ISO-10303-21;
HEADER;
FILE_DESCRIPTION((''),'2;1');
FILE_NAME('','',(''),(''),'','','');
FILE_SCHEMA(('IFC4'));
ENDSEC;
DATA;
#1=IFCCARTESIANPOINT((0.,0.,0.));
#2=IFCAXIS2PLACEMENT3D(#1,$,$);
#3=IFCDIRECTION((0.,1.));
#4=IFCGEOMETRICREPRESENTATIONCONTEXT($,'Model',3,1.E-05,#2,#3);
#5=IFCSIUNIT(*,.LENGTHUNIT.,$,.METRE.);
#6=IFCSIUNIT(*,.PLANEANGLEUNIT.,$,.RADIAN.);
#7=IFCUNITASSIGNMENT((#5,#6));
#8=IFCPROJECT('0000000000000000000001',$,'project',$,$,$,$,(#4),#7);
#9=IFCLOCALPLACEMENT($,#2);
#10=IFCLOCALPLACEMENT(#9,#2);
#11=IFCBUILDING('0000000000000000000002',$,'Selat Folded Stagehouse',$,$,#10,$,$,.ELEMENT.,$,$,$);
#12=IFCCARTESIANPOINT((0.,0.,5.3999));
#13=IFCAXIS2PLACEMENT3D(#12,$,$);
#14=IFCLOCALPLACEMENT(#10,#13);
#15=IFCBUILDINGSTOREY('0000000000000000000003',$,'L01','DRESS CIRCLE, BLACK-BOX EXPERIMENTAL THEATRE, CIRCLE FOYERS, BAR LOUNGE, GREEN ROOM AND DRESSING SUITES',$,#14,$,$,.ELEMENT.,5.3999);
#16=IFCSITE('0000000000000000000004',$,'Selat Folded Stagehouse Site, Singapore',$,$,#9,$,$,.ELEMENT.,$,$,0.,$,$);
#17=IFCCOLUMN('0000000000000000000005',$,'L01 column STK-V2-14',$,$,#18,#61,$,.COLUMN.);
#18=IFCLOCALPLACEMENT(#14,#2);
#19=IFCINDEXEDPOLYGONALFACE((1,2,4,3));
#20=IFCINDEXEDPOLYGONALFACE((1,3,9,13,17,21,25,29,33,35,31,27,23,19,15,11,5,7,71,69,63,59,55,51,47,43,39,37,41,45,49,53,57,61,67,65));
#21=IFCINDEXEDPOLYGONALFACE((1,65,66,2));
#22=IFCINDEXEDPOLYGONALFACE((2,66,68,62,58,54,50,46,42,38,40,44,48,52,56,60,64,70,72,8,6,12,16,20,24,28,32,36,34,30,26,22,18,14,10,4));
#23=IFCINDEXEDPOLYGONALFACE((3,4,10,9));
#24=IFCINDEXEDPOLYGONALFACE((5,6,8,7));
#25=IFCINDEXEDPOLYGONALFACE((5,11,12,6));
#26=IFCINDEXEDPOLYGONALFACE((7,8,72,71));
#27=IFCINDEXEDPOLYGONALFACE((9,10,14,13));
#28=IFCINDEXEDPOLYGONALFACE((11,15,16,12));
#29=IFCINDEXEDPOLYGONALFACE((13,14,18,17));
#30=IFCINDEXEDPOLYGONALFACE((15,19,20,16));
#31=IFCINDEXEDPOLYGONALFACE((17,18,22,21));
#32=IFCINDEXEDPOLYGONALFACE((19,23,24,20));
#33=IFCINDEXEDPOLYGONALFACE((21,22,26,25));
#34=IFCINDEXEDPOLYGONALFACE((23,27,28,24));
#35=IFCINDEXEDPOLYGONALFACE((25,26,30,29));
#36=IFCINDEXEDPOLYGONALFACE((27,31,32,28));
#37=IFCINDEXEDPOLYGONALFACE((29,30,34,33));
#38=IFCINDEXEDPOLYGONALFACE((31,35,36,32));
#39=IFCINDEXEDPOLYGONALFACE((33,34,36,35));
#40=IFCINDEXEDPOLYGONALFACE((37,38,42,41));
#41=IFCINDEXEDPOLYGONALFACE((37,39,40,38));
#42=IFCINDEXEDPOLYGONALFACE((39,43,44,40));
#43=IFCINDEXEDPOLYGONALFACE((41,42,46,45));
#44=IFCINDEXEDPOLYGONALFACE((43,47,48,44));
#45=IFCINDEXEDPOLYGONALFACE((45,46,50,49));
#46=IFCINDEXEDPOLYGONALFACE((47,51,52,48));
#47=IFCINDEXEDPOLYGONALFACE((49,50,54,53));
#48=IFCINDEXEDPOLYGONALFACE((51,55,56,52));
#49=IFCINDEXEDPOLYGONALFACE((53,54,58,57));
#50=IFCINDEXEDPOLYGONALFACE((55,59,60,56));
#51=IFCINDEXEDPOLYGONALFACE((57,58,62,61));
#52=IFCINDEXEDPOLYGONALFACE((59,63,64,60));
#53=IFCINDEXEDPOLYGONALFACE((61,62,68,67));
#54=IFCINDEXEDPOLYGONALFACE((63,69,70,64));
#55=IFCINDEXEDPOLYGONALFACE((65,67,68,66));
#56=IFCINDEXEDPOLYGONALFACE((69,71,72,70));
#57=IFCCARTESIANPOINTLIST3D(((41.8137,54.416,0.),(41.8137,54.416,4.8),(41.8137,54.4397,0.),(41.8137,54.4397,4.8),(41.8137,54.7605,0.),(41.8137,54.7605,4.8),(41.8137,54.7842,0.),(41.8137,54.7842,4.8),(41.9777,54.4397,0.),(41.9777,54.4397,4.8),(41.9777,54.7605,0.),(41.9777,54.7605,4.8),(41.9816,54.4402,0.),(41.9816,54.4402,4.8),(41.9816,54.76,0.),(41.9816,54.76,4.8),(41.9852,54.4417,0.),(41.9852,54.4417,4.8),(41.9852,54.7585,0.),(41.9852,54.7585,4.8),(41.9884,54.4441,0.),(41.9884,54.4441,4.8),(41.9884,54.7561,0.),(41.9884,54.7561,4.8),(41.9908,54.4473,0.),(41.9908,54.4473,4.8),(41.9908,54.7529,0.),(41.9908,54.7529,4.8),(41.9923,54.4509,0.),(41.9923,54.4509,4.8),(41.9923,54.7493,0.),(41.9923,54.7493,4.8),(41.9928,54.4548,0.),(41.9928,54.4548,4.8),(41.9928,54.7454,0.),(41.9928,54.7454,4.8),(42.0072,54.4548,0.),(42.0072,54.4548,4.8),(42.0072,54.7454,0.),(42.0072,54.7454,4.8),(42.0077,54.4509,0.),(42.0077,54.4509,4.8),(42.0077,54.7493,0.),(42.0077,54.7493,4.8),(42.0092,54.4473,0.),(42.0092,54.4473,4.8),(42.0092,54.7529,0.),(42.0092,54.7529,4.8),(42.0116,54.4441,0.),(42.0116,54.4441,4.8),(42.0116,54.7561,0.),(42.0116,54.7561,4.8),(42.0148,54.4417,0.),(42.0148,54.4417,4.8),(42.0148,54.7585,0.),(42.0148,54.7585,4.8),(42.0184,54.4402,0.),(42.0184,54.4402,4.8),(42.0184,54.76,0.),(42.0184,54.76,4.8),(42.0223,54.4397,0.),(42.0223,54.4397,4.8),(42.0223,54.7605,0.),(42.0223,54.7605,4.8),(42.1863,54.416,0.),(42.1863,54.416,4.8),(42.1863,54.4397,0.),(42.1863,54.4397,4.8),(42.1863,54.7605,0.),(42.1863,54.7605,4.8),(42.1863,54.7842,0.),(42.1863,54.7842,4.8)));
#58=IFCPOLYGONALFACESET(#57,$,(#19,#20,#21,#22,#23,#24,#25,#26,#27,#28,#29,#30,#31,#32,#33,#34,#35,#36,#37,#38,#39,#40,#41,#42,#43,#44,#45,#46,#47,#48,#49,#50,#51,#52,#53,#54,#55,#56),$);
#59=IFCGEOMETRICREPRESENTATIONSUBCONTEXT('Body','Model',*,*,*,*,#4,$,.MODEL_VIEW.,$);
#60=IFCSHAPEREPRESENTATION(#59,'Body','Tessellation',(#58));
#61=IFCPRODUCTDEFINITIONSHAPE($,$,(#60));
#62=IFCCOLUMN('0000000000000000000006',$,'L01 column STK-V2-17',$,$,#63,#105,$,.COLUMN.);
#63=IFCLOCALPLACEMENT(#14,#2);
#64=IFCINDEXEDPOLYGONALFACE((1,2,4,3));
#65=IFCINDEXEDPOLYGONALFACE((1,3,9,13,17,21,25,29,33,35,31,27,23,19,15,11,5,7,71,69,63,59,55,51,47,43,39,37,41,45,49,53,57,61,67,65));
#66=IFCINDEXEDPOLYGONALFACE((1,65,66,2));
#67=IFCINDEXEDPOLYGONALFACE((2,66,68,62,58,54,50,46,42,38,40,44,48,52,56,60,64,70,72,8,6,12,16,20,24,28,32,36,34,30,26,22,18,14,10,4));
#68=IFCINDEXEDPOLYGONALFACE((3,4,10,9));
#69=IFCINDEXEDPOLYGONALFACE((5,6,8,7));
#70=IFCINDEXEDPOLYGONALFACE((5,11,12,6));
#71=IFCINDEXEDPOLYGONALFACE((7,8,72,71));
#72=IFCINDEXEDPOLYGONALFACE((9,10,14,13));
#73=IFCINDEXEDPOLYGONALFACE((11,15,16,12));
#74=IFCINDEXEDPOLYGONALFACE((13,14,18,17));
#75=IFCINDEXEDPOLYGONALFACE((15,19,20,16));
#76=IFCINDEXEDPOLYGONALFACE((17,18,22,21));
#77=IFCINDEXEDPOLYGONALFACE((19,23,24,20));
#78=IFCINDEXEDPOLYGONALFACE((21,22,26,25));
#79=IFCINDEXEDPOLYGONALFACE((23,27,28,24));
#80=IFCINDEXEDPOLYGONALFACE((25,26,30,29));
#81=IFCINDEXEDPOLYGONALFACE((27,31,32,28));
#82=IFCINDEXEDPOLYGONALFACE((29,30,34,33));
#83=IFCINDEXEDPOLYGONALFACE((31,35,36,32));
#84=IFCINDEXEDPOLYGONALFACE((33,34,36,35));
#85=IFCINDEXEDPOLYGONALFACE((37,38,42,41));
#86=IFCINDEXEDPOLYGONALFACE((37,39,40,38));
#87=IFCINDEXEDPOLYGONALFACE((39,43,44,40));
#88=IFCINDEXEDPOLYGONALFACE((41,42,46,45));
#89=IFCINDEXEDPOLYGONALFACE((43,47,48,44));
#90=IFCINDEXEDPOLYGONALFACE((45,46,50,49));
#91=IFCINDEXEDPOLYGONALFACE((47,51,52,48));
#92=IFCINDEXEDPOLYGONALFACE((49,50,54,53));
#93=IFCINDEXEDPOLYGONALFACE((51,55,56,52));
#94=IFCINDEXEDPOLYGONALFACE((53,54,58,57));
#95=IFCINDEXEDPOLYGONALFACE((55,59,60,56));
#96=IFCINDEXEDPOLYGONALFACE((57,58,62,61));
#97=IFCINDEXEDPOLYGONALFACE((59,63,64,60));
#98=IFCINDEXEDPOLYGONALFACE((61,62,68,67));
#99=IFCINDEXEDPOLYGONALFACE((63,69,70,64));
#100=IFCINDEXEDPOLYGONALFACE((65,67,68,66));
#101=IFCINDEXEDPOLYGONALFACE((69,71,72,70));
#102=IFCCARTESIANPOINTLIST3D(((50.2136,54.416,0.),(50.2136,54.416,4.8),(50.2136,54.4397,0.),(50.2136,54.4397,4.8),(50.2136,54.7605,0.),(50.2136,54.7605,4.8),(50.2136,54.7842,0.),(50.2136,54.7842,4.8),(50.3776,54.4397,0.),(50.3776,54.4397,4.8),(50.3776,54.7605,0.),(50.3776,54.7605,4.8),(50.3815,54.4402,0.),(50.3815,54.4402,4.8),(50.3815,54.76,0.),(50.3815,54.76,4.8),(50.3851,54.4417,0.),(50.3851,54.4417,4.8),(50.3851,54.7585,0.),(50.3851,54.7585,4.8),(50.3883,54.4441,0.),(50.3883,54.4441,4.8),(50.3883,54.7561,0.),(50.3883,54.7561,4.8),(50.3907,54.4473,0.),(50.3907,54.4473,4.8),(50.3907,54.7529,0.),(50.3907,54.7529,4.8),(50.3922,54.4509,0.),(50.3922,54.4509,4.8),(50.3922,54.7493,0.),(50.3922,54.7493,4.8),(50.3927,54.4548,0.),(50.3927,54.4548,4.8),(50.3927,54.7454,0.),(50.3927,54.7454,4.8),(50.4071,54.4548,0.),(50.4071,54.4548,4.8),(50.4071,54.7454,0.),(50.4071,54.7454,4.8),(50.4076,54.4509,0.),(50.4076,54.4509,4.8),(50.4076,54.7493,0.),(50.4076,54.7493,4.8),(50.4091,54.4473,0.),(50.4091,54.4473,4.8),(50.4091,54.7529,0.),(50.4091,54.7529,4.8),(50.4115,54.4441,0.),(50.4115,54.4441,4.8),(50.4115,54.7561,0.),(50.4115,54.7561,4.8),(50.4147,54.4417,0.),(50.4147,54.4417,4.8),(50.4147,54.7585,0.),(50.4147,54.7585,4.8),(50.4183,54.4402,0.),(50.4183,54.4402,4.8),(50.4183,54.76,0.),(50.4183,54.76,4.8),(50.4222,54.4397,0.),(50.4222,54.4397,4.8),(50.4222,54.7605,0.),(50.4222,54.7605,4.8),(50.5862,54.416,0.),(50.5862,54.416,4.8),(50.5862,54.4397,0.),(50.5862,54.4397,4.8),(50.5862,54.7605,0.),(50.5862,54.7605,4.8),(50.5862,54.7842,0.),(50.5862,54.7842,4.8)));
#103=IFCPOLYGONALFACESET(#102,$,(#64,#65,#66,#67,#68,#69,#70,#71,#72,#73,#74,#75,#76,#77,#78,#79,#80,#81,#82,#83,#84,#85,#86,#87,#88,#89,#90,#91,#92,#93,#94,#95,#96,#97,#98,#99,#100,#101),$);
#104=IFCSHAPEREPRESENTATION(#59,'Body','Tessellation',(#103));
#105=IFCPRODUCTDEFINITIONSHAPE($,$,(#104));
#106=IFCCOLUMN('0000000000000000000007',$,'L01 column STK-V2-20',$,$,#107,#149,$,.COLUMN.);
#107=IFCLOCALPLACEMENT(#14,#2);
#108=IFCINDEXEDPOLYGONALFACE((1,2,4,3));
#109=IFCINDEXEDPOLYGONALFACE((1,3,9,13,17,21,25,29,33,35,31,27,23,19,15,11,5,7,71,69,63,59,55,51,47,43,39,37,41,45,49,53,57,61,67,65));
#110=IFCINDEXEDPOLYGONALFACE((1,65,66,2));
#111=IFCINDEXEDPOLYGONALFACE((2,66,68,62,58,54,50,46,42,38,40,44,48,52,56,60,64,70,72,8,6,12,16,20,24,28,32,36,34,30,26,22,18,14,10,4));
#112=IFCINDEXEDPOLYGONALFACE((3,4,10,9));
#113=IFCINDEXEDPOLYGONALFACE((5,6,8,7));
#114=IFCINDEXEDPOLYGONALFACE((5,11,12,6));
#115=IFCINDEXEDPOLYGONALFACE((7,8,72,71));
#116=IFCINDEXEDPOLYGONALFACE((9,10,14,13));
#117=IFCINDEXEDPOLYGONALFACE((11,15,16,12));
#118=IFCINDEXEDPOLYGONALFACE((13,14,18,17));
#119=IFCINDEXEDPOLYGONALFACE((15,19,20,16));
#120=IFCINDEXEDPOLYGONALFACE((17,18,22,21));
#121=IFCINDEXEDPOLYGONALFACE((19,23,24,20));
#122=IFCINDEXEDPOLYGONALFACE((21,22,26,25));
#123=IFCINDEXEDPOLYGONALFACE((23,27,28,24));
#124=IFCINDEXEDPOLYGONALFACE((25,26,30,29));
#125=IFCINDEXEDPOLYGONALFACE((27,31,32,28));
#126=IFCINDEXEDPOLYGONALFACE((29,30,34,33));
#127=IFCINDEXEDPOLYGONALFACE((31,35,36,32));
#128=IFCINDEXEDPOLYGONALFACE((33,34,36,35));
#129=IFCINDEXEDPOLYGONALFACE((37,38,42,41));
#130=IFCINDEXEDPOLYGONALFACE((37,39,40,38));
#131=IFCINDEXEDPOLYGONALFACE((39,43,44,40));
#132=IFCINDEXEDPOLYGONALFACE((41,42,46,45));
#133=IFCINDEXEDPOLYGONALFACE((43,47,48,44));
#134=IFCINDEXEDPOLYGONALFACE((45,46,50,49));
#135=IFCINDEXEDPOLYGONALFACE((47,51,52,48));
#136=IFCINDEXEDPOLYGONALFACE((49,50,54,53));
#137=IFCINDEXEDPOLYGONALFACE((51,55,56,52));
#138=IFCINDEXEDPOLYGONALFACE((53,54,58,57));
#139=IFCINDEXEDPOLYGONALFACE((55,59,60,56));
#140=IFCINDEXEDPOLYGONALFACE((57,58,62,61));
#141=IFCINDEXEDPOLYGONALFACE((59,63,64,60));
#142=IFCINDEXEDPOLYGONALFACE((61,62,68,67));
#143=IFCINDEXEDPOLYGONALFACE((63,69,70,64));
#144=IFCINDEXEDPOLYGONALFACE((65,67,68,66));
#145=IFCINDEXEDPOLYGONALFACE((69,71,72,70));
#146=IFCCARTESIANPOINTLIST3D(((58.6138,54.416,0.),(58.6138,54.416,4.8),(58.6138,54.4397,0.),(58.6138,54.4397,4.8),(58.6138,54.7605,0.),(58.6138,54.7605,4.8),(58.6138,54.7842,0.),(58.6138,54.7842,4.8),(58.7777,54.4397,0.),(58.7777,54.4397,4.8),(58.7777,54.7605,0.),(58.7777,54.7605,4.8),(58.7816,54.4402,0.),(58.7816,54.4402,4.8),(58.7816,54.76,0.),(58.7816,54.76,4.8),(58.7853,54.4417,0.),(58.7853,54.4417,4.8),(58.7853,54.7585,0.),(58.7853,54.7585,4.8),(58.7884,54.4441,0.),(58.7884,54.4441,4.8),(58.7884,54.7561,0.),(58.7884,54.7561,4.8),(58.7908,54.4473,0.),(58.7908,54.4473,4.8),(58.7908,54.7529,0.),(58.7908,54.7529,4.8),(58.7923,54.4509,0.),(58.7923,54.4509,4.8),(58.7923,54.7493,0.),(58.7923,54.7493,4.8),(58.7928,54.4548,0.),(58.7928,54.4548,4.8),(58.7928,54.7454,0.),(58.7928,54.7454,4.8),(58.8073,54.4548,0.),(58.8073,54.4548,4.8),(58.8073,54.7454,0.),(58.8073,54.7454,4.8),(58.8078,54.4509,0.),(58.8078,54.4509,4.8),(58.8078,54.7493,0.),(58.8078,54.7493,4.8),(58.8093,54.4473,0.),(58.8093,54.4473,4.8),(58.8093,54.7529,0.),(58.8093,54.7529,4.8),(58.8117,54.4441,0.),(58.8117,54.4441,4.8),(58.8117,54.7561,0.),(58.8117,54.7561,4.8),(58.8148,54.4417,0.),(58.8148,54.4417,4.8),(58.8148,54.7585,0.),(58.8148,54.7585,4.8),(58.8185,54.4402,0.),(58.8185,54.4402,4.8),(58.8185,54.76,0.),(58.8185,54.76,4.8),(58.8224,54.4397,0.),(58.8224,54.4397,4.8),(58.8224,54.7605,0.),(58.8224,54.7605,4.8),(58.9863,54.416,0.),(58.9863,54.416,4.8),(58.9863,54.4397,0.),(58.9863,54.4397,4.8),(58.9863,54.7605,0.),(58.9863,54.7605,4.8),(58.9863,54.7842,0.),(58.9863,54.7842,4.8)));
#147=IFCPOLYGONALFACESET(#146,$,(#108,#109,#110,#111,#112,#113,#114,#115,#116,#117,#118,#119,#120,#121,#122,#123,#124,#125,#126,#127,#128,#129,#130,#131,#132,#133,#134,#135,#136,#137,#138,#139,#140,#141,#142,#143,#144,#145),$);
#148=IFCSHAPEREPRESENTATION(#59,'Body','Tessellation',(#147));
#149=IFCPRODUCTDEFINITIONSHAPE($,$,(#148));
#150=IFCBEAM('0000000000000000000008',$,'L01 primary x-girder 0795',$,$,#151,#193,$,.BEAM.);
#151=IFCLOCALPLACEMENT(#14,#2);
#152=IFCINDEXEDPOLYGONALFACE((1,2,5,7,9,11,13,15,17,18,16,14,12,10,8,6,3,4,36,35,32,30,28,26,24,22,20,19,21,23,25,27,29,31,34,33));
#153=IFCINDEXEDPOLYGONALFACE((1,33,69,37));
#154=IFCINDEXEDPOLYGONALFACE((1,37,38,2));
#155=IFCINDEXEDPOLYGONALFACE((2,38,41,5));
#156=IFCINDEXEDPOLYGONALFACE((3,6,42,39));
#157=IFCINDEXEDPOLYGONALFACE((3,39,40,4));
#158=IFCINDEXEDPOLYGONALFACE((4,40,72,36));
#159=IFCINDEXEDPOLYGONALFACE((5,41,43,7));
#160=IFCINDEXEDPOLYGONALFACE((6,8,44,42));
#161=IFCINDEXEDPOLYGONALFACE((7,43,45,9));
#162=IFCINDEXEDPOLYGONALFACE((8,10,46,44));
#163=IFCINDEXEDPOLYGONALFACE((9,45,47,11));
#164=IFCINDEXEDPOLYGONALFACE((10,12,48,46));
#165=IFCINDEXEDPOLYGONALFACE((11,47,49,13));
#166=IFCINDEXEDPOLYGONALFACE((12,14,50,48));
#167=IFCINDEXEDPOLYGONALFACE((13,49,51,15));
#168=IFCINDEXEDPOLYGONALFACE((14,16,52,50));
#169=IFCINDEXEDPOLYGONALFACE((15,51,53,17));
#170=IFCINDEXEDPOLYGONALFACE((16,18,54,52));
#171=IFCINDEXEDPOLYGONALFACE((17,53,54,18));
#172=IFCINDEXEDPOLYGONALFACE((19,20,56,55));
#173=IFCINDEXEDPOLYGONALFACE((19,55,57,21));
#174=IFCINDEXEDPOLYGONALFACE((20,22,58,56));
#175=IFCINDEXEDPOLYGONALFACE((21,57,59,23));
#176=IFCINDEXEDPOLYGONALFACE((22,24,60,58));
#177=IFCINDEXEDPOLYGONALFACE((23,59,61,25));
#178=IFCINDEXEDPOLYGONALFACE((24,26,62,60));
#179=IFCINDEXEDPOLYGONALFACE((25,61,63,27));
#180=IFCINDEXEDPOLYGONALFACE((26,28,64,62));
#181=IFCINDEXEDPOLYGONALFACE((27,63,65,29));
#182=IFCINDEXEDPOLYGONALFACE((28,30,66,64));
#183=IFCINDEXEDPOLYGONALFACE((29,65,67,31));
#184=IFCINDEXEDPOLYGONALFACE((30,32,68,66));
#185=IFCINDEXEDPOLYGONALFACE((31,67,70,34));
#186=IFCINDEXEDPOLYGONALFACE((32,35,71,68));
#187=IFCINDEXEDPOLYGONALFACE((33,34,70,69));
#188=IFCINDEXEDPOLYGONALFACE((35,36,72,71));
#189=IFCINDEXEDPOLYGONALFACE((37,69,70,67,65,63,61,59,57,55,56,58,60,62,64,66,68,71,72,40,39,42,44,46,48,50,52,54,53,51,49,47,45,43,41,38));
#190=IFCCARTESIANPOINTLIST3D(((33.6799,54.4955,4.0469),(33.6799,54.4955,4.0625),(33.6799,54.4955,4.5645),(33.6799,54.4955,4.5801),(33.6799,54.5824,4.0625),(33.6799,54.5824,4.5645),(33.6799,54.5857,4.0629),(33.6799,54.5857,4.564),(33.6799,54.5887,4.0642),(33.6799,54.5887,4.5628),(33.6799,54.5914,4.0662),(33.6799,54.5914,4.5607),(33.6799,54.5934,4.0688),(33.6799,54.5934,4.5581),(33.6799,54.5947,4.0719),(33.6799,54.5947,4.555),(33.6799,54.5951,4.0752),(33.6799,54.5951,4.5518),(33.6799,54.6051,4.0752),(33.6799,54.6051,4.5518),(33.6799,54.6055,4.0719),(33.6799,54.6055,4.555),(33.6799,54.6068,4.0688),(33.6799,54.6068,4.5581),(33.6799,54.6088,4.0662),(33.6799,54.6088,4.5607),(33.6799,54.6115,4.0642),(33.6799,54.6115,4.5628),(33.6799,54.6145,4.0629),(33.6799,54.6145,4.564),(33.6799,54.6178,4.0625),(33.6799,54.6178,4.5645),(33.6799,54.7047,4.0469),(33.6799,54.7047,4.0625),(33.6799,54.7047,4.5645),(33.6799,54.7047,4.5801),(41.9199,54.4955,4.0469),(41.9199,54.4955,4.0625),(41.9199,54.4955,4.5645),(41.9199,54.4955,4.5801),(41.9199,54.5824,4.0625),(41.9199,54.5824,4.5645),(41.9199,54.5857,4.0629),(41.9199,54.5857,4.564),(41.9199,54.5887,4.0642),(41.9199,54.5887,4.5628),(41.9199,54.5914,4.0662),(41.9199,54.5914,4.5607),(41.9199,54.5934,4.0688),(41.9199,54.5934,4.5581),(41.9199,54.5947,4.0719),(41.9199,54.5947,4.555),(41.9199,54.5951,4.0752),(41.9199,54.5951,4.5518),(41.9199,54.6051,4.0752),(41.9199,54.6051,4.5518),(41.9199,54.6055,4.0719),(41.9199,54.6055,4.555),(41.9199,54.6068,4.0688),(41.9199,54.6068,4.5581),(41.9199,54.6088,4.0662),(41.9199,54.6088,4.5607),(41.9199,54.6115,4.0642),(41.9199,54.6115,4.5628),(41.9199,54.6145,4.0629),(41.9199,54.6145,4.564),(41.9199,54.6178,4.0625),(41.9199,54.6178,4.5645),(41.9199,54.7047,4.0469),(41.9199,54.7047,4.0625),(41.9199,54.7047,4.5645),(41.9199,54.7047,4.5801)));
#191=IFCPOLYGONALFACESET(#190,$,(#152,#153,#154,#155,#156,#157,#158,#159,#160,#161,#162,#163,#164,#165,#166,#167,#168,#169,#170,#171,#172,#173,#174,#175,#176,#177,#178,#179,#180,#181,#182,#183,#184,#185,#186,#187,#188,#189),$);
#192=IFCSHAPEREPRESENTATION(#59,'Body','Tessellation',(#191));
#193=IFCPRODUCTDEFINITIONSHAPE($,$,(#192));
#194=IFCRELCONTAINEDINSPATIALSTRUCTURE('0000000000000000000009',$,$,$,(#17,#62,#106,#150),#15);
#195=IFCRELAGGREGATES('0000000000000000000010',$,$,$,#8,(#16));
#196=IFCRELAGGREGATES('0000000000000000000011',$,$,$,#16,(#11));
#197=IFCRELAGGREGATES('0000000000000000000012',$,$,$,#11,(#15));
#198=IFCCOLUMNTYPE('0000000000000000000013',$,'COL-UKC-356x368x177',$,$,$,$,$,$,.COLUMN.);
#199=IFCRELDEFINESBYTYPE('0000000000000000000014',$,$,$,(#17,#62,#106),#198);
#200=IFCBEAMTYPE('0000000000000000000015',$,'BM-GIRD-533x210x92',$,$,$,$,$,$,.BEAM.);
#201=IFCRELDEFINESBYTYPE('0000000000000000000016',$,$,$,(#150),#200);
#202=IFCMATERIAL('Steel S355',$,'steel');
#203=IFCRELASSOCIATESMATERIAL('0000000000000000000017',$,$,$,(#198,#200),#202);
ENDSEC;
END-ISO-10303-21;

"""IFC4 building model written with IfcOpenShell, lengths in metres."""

from ifc_helpers import new_model, si_unit, direction, frame, origin, origin_2d, place, context, subcontext, project, spatial, i_section, extrude, material, material_profile, profile_set, type_object, element, save


model = new_model("IFC4")

# Units and contexts
model_context = context("Model", 3, precision=1e-05, world=origin(), true_north=direction((0.0, 1.0)))
body_context = subcontext(model_context, "Body", "Model", "MODEL_VIEW")
ifc_project = project(units=[si_unit("LENGTHUNIT", "METRE"), si_unit("PLANEANGLEUNIT", "RADIAN")], contexts=[model_context])

# Site, building, storey
site_placement = place(None, origin())
site = spatial("IfcSite", under=ifc_project, at=site_placement, Name="Selat Folded Stagehouse Site, Singapore", CompositionType="ELEMENT", RefElevation=0.0)
building_placement = place(site_placement, origin())
building = spatial("IfcBuilding", under=site, at=building_placement, Name="Selat Folded Stagehouse", CompositionType="ELEMENT")
storey_placement = place(building_placement, frame((0.0, 0.0, 5.3999)))
storey = spatial("IfcBuildingStorey", under=building, at=storey_placement, Name="L01", Description="DRESS CIRCLE, BLACK-BOX EXPERIMENTAL THEATRE, CIRCLE FOYERS, BAR LOUNGE, GREEN ROOM AND DRESSING SUITES", CompositionType="ELEMENT", Elevation=5.3999)

# Columns
ifc_material_1 = material(Name="Steel S355", Category="steel")
ifc_material_profile_1 = material_profile(ifc_material_1, i_section(OverallWidth=0.3726, OverallDepth=0.3682, WebThickness=0.0144, FlangeThickness=0.0237, FilletRadius=0.0151, at=origin_2d()), Name="UKC 356x368x177")
ifc_profile_set_1 = profile_set([ifc_material_profile_1], Name="Steel S355")
column_type = type_object("IfcColumnType", Name="COL-UKC-356x368x177", PredefinedType="COLUMN", material=ifc_profile_set_1)
for number, where, z_axis, x_axis, name in (
    (1, (42.0, 54.6001, 0.0), (0.0, 0.0, 1.0), (1.0, 0.0, 0.0), "L01 column STK-V2-14"),
    (2, (50.3999, 54.6001, 0.0), (0.0, 0.0, 1.0), (1.0, 0.0, 0.0), "L01 column STK-V2-17"),
    (3, (58.8, 54.6001, 0.0), (0.0, 0.0, 1.0), (1.0, 0.0, 0.0), "L01 column STK-V2-20"),
):
    element("IfcColumn", number, at=place(storey_placement, frame(where, z_axis=z_axis, x_axis=x_axis)), inside=storey, type_object=column_type, Name=name, PredefinedType="COLUMN", context=body_context, shape_type="SweptSolid", body=[
        extrude(i_section(OverallWidth=0.3726, OverallDepth=0.3682, WebThickness=0.0144, FlangeThickness=0.0237, FilletRadius=0.0151, at=origin_2d()), origin(), (0.0, 0.0, 1.0), 4.8),
    ])

# Beam
ifc_material_profile_2 = material_profile(ifc_material_1, i_section(OverallWidth=0.2092, OverallDepth=0.5332, WebThickness=0.01, FlangeThickness=0.0156, FilletRadius=0.0127, at=origin_2d()), Name="UKB 533x210x92")
ifc_profile_set_2 = profile_set([ifc_material_profile_2], Name="Steel S355")
beam_type_1 = type_object("IfcBeamType", Name="BM-GIRD-533x210x92", PredefinedType="BEAM", material=ifc_profile_set_2)
for number, where, z_axis, x_axis, name in (
    (4, (33.6799, 54.6001, 4.3135), (1.0, 0.0, 0.0), (0.0, 1.0, 0.0), "L01 primary x-girder 0795"),
):
    element("IfcBeam", number, at=place(storey_placement, frame(where, z_axis=z_axis, x_axis=x_axis)), inside=storey, type_object=beam_type_1, Name=name, PredefinedType="BEAM", context=body_context, shape_type="SweptSolid", body=[
        extrude(i_section(OverallWidth=0.2092, OverallDepth=0.5332, WebThickness=0.01, FlangeThickness=0.0156, FilletRadius=0.0127, at=origin_2d()), origin(), (0.0, 0.0, 1.0), 8.24),
    ])

save(model, "model.ifc")
